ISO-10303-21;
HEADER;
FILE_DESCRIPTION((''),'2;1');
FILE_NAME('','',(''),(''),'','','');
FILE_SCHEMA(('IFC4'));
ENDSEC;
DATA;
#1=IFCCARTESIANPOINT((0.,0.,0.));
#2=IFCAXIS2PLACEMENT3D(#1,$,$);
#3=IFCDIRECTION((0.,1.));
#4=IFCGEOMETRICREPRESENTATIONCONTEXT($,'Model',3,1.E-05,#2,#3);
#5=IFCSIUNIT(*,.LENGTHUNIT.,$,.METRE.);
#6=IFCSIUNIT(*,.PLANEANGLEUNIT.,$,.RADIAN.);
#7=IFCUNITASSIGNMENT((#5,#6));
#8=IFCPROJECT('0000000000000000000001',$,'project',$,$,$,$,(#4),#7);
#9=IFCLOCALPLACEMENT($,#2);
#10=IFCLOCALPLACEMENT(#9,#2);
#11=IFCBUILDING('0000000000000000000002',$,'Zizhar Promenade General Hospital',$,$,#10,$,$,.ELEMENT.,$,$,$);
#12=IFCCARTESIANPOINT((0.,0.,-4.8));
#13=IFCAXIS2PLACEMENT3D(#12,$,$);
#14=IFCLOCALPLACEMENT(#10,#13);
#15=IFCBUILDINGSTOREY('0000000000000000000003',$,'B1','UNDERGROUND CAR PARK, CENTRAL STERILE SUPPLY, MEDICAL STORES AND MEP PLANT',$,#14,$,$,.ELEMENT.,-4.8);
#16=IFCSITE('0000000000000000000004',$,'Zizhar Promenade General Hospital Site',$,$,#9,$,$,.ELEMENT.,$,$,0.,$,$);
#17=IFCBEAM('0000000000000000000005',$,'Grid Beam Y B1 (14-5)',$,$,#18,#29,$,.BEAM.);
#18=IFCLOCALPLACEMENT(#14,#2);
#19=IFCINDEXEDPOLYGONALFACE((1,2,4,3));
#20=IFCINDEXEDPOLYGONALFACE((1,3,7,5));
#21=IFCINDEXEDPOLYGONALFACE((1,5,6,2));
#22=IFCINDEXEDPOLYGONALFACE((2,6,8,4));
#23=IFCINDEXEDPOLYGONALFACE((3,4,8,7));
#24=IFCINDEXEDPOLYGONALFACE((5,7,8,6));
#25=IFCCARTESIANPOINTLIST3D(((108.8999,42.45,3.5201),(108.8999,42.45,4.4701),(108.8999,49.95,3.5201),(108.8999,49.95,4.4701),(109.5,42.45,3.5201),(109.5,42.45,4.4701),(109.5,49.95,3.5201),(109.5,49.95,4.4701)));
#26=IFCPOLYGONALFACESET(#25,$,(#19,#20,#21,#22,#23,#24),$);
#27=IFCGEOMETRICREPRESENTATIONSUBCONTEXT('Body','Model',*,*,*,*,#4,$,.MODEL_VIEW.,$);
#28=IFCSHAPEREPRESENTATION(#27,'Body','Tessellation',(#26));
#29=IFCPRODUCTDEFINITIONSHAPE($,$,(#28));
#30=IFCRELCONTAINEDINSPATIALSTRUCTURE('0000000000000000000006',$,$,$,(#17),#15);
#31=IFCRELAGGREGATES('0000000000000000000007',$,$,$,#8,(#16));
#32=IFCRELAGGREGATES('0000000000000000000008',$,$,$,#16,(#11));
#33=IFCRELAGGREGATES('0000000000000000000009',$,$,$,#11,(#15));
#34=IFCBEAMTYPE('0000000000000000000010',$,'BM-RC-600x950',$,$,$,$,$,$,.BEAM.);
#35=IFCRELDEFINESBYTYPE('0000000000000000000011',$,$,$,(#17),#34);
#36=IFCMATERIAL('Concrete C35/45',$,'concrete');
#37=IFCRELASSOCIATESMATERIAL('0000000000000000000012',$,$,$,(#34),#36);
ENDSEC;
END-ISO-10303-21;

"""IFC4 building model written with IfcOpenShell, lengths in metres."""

from ifc_helpers import new_model, si_unit, direction, frame, origin, origin_2d, place, context, subcontext, project, spatial, rectangle, extrude, material, material_profile, profile_set, type_object, element, save


model = new_model("IFC4")

# Units and contexts
model_context = context("Model", 3, precision=1e-05, world=origin(), true_north=direction((0.0, 1.0)))
body_context = subcontext(model_context, "Body", "Model", "MODEL_VIEW")
ifc_project = project(units=[si_unit("LENGTHUNIT", "METRE"), si_unit("PLANEANGLEUNIT", "RADIAN")], contexts=[model_context])

# Site, building, storey
site_placement = place(None, origin())
site = spatial("IfcSite", under=ifc_project, at=site_placement, Name="Zizhar Promenade General Hospital Site", CompositionType="ELEMENT", RefElevation=0.0)
building_placement = place(site_placement, origin())
building = spatial("IfcBuilding", under=site, at=building_placement, Name="Zizhar Promenade General Hospital", CompositionType="ELEMENT")
storey_placement = place(building_placement, frame((0.0, 0.0, -4.8)))
storey = spatial("IfcBuildingStorey", under=building, at=storey_placement, Name="B1", Description="UNDERGROUND CAR PARK, CENTRAL STERILE SUPPLY, MEDICAL STORES AND MEP PLANT", CompositionType="ELEMENT", Elevation=-4.8)

# Beam
ifc_material_1 = material(Name="Concrete C35/45", Category="concrete")
ifc_material_profile_1 = material_profile(ifc_material_1, rectangle(XDim=0.6001, YDim=0.95, at=origin_2d()))
ifc_profile_set_1 = profile_set([ifc_material_profile_1], Name="Concrete C35/45")
beam_type_1 = type_object("IfcBeamType", Name="BM-RC-600x950", PredefinedType="BEAM", material=ifc_profile_set_1)
beam_1_placement = place(storey_placement, frame((109.2, 42.45, 3.9951), z_axis=(0.0, 1.0, 0.0), x_axis=(-1.0, 0.0, 0.0)))
element("IfcBeam", 1, at=beam_1_placement, inside=storey, type_object=beam_type_1, Name="Grid Beam Y B1 (14-5)", PredefinedType="BEAM", context=body_context, shape_type="SweptSolid", body=[
    extrude(rectangle(XDim=0.6001, YDim=0.95, at=origin_2d()), origin(), (0.0, 0.0, 1.0), 7.5),
])

save(model, "model.ifc")
